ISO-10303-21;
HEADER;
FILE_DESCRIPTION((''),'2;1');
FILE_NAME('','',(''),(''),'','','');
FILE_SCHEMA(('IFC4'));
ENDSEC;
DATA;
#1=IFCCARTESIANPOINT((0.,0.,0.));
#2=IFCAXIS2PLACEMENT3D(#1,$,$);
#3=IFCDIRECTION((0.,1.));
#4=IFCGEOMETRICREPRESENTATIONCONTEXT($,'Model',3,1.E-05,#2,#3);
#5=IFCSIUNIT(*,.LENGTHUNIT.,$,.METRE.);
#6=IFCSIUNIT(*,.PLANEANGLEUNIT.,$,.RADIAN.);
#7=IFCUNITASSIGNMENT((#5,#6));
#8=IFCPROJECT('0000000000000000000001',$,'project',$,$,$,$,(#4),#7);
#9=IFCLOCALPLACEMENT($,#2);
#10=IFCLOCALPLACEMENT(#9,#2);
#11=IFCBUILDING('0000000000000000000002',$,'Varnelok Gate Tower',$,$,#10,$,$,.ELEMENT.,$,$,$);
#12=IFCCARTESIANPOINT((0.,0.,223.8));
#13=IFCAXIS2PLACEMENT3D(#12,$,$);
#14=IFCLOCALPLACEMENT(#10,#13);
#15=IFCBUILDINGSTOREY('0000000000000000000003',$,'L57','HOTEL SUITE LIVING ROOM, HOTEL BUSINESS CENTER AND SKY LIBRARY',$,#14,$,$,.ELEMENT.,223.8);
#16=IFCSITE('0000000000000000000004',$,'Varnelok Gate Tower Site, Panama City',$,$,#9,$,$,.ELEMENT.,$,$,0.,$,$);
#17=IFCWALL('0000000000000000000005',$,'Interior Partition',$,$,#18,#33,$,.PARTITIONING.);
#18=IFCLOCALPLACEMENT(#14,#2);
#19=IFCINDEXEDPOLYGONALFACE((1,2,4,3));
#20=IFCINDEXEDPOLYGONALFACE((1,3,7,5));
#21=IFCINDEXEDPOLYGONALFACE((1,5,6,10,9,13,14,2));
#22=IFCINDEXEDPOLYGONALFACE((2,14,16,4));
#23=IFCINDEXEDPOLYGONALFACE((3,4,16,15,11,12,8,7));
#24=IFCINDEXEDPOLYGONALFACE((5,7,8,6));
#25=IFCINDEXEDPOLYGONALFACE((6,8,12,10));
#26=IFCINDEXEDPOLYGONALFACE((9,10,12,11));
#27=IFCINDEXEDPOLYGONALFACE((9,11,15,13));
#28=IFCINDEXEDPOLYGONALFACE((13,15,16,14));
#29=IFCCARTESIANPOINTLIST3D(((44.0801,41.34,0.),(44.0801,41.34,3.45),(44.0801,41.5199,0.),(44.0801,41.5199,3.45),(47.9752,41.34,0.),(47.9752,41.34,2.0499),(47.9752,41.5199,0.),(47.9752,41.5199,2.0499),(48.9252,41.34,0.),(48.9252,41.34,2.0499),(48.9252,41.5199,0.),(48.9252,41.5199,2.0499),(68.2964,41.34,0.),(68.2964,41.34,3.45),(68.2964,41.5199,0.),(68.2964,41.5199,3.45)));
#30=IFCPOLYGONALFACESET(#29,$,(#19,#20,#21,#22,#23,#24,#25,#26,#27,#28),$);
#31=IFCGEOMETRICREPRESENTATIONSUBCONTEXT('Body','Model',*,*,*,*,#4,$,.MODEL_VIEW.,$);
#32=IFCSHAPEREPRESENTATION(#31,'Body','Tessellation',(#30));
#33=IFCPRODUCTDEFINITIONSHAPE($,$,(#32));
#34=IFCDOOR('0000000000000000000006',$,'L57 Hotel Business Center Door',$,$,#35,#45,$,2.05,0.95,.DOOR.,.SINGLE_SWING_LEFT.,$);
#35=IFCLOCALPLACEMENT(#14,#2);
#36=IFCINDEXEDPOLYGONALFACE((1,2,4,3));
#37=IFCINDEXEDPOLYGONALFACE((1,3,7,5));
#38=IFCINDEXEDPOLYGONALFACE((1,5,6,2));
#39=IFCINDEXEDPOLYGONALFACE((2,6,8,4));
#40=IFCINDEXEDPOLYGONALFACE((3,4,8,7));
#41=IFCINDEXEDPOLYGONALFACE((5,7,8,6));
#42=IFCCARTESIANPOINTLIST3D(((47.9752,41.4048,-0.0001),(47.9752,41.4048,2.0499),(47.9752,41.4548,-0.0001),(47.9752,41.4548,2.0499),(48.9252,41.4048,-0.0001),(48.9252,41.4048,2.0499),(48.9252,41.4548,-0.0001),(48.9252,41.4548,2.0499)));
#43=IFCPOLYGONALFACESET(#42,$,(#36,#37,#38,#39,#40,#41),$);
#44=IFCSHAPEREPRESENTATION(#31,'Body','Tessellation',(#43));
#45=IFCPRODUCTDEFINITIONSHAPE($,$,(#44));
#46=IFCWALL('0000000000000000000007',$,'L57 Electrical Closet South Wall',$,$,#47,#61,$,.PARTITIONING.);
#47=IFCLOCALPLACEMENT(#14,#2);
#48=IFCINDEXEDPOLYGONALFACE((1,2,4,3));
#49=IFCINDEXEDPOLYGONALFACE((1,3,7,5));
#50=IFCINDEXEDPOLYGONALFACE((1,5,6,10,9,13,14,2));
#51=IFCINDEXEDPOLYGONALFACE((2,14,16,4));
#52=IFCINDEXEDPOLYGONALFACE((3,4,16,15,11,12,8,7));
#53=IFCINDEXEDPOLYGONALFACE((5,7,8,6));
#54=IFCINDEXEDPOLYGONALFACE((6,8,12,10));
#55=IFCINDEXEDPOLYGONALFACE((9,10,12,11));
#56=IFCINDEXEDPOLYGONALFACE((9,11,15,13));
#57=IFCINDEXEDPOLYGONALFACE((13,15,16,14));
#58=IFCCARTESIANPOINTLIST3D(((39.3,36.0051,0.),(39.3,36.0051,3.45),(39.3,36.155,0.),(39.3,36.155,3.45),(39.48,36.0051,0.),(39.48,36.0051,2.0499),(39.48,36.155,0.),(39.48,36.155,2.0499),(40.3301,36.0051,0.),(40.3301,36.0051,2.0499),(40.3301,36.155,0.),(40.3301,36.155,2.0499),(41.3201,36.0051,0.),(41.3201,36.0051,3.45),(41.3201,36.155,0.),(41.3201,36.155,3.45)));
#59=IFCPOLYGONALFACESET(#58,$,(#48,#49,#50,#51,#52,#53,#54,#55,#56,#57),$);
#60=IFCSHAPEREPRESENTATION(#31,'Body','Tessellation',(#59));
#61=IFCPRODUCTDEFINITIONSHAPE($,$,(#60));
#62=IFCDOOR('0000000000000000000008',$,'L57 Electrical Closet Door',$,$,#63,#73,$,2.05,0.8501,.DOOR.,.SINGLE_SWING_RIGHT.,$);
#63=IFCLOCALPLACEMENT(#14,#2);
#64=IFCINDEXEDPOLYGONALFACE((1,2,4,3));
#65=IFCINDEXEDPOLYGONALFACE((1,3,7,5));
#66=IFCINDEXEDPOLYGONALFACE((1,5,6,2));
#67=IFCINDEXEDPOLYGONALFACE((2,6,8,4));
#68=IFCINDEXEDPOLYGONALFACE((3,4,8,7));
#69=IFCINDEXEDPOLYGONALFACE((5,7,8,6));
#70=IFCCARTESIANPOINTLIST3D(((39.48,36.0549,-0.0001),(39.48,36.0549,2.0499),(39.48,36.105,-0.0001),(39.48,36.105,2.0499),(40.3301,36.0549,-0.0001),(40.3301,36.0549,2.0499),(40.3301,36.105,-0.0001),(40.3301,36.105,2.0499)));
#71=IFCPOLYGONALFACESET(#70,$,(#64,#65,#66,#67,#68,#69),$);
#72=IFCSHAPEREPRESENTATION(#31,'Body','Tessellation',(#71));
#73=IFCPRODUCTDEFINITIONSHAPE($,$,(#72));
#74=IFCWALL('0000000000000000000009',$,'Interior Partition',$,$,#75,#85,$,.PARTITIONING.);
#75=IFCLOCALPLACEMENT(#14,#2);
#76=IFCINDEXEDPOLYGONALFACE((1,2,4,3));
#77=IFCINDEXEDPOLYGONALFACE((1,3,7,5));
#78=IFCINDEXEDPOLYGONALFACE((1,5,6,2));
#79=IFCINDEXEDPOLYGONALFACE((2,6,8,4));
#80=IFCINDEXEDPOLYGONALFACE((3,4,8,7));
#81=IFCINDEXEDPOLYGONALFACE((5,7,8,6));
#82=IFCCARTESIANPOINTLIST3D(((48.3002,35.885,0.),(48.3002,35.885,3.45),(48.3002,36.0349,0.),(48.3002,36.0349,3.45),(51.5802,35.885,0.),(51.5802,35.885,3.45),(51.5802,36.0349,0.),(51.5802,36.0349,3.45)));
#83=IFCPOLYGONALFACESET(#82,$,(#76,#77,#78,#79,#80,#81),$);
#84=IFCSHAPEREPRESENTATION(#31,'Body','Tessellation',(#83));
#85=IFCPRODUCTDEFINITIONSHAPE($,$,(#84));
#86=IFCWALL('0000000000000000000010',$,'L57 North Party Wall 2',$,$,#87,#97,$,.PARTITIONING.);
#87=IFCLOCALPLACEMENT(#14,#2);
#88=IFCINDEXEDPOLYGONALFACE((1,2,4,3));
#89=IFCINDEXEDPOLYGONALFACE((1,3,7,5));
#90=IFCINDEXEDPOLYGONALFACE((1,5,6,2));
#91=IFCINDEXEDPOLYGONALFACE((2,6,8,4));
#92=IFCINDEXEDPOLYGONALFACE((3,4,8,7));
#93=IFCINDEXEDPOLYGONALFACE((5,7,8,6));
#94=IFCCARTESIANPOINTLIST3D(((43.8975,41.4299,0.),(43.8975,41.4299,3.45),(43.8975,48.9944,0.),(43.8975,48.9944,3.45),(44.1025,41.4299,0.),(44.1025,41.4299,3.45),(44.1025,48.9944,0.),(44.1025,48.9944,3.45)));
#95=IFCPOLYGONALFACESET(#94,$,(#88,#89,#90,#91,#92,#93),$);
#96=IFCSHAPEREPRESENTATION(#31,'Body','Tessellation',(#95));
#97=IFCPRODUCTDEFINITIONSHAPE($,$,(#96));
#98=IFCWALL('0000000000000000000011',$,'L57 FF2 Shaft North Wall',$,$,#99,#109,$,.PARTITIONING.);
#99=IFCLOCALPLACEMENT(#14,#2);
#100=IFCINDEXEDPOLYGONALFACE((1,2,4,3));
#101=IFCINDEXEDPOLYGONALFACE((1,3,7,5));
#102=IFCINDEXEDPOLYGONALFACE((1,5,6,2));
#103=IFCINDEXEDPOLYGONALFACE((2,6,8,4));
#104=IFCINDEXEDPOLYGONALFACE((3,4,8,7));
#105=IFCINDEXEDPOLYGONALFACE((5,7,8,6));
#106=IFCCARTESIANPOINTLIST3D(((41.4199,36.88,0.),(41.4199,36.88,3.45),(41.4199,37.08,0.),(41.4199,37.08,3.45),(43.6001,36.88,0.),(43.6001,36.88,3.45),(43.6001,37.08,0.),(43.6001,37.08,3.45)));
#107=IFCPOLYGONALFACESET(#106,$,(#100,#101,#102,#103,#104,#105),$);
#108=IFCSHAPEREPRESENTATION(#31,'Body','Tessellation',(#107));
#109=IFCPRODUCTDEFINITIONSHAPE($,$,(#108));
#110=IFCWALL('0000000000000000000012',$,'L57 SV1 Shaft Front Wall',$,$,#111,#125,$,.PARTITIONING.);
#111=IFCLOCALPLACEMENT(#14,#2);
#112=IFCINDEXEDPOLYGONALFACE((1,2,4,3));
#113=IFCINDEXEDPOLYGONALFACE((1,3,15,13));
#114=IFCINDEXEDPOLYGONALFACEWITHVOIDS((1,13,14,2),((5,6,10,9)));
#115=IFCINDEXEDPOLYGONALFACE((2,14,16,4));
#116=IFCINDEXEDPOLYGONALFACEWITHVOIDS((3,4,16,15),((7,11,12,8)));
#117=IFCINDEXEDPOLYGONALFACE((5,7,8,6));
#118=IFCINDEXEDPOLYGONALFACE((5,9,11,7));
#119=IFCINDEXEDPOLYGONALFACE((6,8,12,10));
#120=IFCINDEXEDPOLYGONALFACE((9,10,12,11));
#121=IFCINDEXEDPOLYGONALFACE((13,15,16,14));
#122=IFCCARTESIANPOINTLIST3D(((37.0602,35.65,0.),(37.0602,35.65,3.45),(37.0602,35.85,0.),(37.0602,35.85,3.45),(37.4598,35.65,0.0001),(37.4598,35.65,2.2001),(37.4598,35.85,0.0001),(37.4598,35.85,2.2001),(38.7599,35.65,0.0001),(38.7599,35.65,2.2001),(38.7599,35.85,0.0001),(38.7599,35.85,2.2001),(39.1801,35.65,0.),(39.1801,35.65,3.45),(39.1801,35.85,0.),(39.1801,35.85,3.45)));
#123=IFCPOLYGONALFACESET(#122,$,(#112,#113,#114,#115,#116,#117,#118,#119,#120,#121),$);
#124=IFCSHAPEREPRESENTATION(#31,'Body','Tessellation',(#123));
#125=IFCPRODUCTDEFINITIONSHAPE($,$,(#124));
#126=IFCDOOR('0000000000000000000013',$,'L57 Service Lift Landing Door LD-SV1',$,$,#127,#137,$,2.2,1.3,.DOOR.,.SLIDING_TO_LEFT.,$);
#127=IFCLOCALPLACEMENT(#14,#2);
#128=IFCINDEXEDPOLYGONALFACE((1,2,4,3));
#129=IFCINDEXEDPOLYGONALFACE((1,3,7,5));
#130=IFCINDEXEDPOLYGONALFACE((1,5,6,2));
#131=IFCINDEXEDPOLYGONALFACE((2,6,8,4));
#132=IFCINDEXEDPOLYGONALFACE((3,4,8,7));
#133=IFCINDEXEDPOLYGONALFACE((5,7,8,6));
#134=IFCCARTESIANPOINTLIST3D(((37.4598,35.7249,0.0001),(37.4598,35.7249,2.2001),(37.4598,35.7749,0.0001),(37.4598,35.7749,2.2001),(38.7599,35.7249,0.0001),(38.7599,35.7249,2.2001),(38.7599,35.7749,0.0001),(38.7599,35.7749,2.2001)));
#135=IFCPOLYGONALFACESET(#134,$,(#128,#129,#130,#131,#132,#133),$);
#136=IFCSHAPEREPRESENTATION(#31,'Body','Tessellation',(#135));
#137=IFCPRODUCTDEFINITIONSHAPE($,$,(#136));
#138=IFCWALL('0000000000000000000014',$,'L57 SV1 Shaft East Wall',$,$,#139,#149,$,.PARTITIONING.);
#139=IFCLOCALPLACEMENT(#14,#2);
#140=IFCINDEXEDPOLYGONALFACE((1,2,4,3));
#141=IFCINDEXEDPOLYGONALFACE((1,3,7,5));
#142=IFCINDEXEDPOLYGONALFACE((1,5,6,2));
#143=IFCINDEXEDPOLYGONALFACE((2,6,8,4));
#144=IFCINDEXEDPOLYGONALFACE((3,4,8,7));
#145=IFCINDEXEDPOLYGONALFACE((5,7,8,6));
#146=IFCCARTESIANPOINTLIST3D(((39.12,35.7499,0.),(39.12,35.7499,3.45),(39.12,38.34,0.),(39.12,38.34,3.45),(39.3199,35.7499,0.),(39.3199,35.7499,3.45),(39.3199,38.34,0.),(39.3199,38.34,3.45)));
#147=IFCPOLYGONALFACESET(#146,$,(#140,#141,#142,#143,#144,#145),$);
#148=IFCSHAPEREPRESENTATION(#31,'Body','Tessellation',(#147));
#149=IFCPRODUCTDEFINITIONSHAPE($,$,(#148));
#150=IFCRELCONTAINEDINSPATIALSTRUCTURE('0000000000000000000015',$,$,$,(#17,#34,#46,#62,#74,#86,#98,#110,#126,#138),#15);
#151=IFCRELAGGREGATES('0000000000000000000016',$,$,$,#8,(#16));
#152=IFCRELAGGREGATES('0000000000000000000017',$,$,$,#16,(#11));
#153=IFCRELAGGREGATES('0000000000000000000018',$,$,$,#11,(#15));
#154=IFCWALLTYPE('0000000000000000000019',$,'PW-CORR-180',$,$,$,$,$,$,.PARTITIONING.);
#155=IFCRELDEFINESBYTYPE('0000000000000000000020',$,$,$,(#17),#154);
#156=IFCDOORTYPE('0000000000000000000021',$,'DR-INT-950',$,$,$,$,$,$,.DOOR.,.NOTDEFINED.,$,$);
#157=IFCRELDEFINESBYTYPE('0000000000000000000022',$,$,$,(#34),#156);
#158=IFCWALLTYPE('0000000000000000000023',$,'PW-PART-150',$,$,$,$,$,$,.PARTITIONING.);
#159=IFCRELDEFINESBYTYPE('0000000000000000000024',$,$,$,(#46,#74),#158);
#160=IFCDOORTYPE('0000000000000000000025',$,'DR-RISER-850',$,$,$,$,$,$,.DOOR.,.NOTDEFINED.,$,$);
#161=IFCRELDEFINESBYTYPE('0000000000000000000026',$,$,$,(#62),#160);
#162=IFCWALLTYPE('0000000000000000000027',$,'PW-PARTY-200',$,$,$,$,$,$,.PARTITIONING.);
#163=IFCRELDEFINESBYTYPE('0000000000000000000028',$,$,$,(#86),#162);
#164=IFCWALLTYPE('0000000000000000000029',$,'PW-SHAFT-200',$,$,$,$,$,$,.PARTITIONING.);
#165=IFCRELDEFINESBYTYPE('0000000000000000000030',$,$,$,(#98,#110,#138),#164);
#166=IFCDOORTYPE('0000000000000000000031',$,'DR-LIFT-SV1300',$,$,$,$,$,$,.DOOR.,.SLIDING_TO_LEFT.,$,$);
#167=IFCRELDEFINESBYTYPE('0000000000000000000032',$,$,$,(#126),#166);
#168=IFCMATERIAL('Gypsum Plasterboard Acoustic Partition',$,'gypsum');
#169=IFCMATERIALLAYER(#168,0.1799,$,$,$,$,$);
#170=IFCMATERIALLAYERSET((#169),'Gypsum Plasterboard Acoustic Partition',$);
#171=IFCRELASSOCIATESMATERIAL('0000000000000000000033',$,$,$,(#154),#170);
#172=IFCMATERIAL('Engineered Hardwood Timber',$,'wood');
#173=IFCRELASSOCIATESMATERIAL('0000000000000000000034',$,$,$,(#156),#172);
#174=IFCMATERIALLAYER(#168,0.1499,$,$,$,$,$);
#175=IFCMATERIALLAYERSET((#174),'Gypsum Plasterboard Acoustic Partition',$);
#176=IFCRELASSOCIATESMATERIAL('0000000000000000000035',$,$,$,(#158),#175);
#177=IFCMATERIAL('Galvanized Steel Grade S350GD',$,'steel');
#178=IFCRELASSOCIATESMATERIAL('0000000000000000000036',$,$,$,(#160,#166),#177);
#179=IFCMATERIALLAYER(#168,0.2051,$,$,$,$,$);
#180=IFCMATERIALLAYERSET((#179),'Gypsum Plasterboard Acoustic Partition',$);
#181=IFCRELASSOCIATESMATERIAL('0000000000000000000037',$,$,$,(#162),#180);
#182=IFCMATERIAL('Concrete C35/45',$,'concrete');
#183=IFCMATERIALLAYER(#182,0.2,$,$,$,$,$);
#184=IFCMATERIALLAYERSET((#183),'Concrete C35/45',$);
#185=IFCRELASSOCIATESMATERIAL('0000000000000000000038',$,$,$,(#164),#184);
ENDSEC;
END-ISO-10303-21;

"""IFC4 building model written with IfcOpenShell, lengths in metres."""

from ifc_helpers import new_model, si_unit, direction, frame, frame_2d, origin, place, context, subcontext, project, spatial, rectangle, extrude, material, layer, layer_set, type_object, element, fill, save


model = new_model("IFC4")

# Units and contexts
model_context = context("Model", 3, precision=1e-05, world=origin(), true_north=direction((0.0, 1.0)))
body_context = subcontext(model_context, "Body", "Model", "MODEL_VIEW")
ifc_project = project(units=[si_unit("LENGTHUNIT", "METRE"), si_unit("PLANEANGLEUNIT", "RADIAN")], contexts=[model_context])

# Site, building, storey
site_placement = place(None, origin())
site = spatial("IfcSite", under=ifc_project, at=site_placement, Name="Varnelok Gate Tower Site, Panama City", CompositionType="ELEMENT", RefElevation=0.0)
building_placement = place(site_placement, origin())
building = spatial("IfcBuilding", under=site, at=building_placement, Name="Varnelok Gate Tower", CompositionType="ELEMENT")
storey_placement = place(building_placement, frame((0.0, 0.0, 223.8)))
storey = spatial("IfcBuildingStorey", under=building, at=storey_placement, Name="L57", Description="HOTEL SUITE LIVING ROOM, HOTEL BUSINESS CENTER AND SKY LIBRARY", CompositionType="ELEMENT", Elevation=223.8)

# Walls, openings, doors
ifc_material_1 = material(Name="Gypsum Plasterboard Acoustic Partition", Category="gypsum")
ifc_layer_1 = layer(ifc_material_1, 0.1799)
ifc_layer_set_1 = layer_set([ifc_layer_1], Name="Gypsum Plasterboard Acoustic Partition")
wall_type_1 = type_object("IfcWallType", Name="PW-CORR-180", PredefinedType="PARTITIONING", material=ifc_layer_set_1)
wall_1_placement = place(storey_placement, frame((44.0801, 41.4299, 0.0), z_axis=(0.0, 0.0, 1.0), x_axis=(1.0, 0.0, 0.0)))
wall_1 = element("IfcWall", 1, at=wall_1_placement, inside=storey, type_object=wall_type_1, Name="Interior Partition", PredefinedType="PARTITIONING", context=body_context, shape_type="SweptSolid", body=[
    extrude(rectangle(XDim=24.2163, YDim=0.1799, at=frame_2d((12.1082, 0.0))), origin(), (0.0, 0.0, 1.0), 3.45),
])
opening_1_placement = place(wall_1_placement, frame((3.895, 0.0, 0.0)))
opening_1 = element("IfcOpeningElement", 2, at=opening_1_placement, cuts=wall_1, PredefinedType="OPENING", context=body_context, shape_type="SweptSolid", body=[
    extrude(rectangle(XDim=0.95, YDim=2.05, at=frame_2d((0.4751, 1.0249))), frame((0.0, 0.0999, 0.0), z_axis=(0.0, -1.0, 0.0), x_axis=(1.0, 0.0, 0.0)), (0.0, 0.0, 1.0), 0.2),
])
ifc_material_2 = material(Name="Engineered Hardwood Timber", Category="wood")
door_type_1 = type_object("IfcDoorType", Name="DR-INT-950", OperationType="NOTDEFINED", PredefinedType="DOOR", material=ifc_material_2)
door_1_placement = place(opening_1_placement, origin())
door_1 = element("IfcDoor", 3, at=door_1_placement, inside=storey, type_object=door_type_1, Name="L57 Hotel Business Center Door", OperationType="SINGLE_SWING_LEFT", OverallHeight=2.05, OverallWidth=0.95, PredefinedType="DOOR", context=body_context, shape_type="SweptSolid", body=[
    extrude(rectangle(XDim=0.95, YDim=2.05, at=frame_2d((0.4751, 1.0249))), frame((0.0, 0.0249, 0.0), z_axis=(0.0, -1.0, 0.0), x_axis=(1.0, 0.0, 0.0)), (0.0, 0.0, 1.0), 0.05),
])
fill(opening_1, door_1)
ifc_layer_2 = layer(ifc_material_1, 0.1499)
ifc_layer_set_2 = layer_set([ifc_layer_2], Name="Gypsum Plasterboard Acoustic Partition")
wall_type_2 = type_object("IfcWallType", Name="PW-PART-150", PredefinedType="PARTITIONING", material=ifc_layer_set_2)
wall_2_placement = place(storey_placement, frame((39.3, 36.0801, 0.0), z_axis=(0.0, 0.0, 1.0), x_axis=(1.0, 0.0, 0.0)))
wall_2 = element("IfcWall", 4, at=wall_2_placement, inside=storey, type_object=wall_type_2, Name="L57 Electrical Closet South Wall", PredefinedType="PARTITIONING", context=body_context, shape_type="SweptSolid", body=[
    extrude(rectangle(XDim=2.02, YDim=0.1499, at=frame_2d((1.01, 0.0))), origin(), (0.0, 0.0, 1.0), 3.45),
])
opening_2_placement = place(wall_2_placement, frame((0.1799, 0.0, 0.0)))
opening_2 = element("IfcOpeningElement", 5, at=opening_2_placement, cuts=wall_2, PredefinedType="OPENING", context=body_context, shape_type="SweptSolid", body=[
    extrude(rectangle(XDim=0.8501, YDim=2.05, at=frame_2d((0.425, 1.0249))), frame((0.0, 0.085, 0.0), z_axis=(0.0, -1.0, 0.0), x_axis=(1.0, 0.0, 0.0)), (0.0, 0.0, 1.0), 0.1699),
])
ifc_material_3 = material(Name="Galvanized Steel Grade S350GD", Category="steel")
door_type_2 = type_object("IfcDoorType", Name="DR-RISER-850", OperationType="NOTDEFINED", PredefinedType="DOOR", material=ifc_material_3)
door_2_placement = place(opening_2_placement, origin())
door_2 = element("IfcDoor", 6, at=door_2_placement, inside=storey, type_object=door_type_2, Name="L57 Electrical Closet Door", OperationType="SINGLE_SWING_RIGHT", OverallHeight=2.05, OverallWidth=0.8501, PredefinedType="DOOR", context=body_context, shape_type="SweptSolid", body=[
    extrude(rectangle(XDim=0.8501, YDim=2.05, at=frame_2d((0.425, 1.0249))), frame((0.0, 0.0249, 0.0), z_axis=(0.0, -1.0, 0.0), x_axis=(1.0, 0.0, 0.0)), (0.0, 0.0, 1.0), 0.05),
])
fill(opening_2, door_2)

# Walls
wall_3_placement = place(storey_placement, frame((48.3, 35.96, 0.0), z_axis=(0.0, 0.0, 1.0), x_axis=(1.0, 0.0, 0.0)))
element("IfcWall", 7, at=wall_3_placement, inside=storey, type_object=wall_type_2, Name="Interior Partition", PredefinedType="PARTITIONING", context=body_context, shape_type="SweptSolid", body=[
    extrude(rectangle(XDim=3.28, YDim=0.1499, at=frame_2d((1.6401, 0.0))), origin(), (0.0, 0.0, 1.0), 3.45),
])
ifc_layer_3 = layer(ifc_material_1, 0.2051)
ifc_layer_set_3 = layer_set([ifc_layer_3], Name="Gypsum Plasterboard Acoustic Partition")
wall_type_3 = type_object("IfcWallType", Name="PW-PARTY-200", PredefinedType="PARTITIONING", material=ifc_layer_set_3)
wall_4_placement = place(storey_placement, frame((44.0, 41.4299, 0.0), z_axis=(0.0, 0.0, 1.0), x_axis=(0.0, 1.0, 0.0)))
element("IfcWall", 8, at=wall_4_placement, inside=storey, type_object=wall_type_3, Name="L57 North Party Wall 2", PredefinedType="PARTITIONING", context=body_context, shape_type="SweptSolid", body=[
    extrude(rectangle(XDim=7.5645, YDim=0.2051, at=frame_2d((3.7822, 0.0))), origin(), (0.0, 0.0, 1.0), 3.45),
])
ifc_material_4 = material(Name="Concrete C35/45", Category="concrete")
ifc_layer_4 = layer(ifc_material_4, 0.2)
ifc_layer_set_4 = layer_set([ifc_layer_4], Name="Concrete C35/45")
wall_type_4 = type_object("IfcWallType", Name="PW-SHAFT-200", PredefinedType="PARTITIONING", material=ifc_layer_set_4)
wall_5_placement = place(storey_placement, frame((41.4199, 36.98, 0.0), z_axis=(0.0, 0.0, 1.0), x_axis=(1.0, 0.0, 0.0)))
element("IfcWall", 9, at=wall_5_placement, inside=storey, type_object=wall_type_4, Name="L57 FF2 Shaft North Wall", PredefinedType="PARTITIONING", context=body_context, shape_type="SweptSolid", body=[
    extrude(rectangle(XDim=2.1802, YDim=0.2, at=frame_2d((1.0901, 0.0))), origin(), (0.0, 0.0, 1.0), 3.45),
])

# Wall, opening, door
wall_6_placement = place(storey_placement, frame((37.0601, 35.75, 0.0), z_axis=(0.0, 0.0, 1.0), x_axis=(1.0, 0.0, 0.0)))
wall_6 = element("IfcWall", 10, at=wall_6_placement, inside=storey, type_object=wall_type_4, Name="L57 SV1 Shaft Front Wall", PredefinedType="PARTITIONING", context=body_context, shape_type="SweptSolid", body=[
    extrude(rectangle(XDim=2.1199, YDim=0.2, at=frame_2d((1.0601, 0.0))), origin(), (0.0, 0.0, 1.0), 3.45),
])
opening_3_placement = place(wall_6_placement, frame((0.3999, 0.0, 0.0)))
opening_3 = element("IfcOpeningElement", 11, at=opening_3_placement, cuts=wall_6, PredefinedType="OPENING", context=body_context, shape_type="SweptSolid", body=[
    extrude(rectangle(XDim=1.3, YDim=2.2, at=frame_2d((0.6499, 1.1001))), frame((0.0, 0.1099, 0.0), z_axis=(0.0, -1.0, 0.0), x_axis=(1.0, 0.0, 0.0)), (0.0, 0.0, 1.0), 0.22),
])
door_type_3 = type_object("IfcDoorType", Name="DR-LIFT-SV1300", OperationType="SLIDING_TO_LEFT", PredefinedType="DOOR", material=ifc_material_3)
door_3_placement = place(opening_3_placement, origin())
door_3 = element("IfcDoor", 12, at=door_3_placement, inside=storey, type_object=door_type_3, Name="L57 Service Lift Landing Door LD-SV1", OperationType="SLIDING_TO_LEFT", OverallHeight=2.2, OverallWidth=1.3, PredefinedType="DOOR", context=body_context, shape_type="SweptSolid", body=[
    extrude(rectangle(XDim=1.3, YDim=2.2, at=frame_2d((0.6499, 1.1001))), frame((0.0, 0.0249, 0.0), z_axis=(0.0, -1.0, 0.0), x_axis=(1.0, 0.0, 0.0)), (0.0, 0.0, 1.0), 0.05),
])
fill(opening_3, door_3)

# Wall
wall_7_placement = place(storey_placement, frame((39.22, 35.75, 0.0), z_axis=(0.0, 0.0, 1.0), x_axis=(0.0, 1.0, 0.0)))
element("IfcWall", 13, at=wall_7_placement, inside=storey, type_object=wall_type_4, Name="L57 SV1 Shaft East Wall", PredefinedType="PARTITIONING", context=body_context, shape_type="SweptSolid", body=[
    extrude(rectangle(XDim=2.5901, YDim=0.2, at=frame_2d((1.2949, 0.0))), origin(), (0.0, 0.0, 1.0), 3.45),
])

save(model, "model.ifc")
